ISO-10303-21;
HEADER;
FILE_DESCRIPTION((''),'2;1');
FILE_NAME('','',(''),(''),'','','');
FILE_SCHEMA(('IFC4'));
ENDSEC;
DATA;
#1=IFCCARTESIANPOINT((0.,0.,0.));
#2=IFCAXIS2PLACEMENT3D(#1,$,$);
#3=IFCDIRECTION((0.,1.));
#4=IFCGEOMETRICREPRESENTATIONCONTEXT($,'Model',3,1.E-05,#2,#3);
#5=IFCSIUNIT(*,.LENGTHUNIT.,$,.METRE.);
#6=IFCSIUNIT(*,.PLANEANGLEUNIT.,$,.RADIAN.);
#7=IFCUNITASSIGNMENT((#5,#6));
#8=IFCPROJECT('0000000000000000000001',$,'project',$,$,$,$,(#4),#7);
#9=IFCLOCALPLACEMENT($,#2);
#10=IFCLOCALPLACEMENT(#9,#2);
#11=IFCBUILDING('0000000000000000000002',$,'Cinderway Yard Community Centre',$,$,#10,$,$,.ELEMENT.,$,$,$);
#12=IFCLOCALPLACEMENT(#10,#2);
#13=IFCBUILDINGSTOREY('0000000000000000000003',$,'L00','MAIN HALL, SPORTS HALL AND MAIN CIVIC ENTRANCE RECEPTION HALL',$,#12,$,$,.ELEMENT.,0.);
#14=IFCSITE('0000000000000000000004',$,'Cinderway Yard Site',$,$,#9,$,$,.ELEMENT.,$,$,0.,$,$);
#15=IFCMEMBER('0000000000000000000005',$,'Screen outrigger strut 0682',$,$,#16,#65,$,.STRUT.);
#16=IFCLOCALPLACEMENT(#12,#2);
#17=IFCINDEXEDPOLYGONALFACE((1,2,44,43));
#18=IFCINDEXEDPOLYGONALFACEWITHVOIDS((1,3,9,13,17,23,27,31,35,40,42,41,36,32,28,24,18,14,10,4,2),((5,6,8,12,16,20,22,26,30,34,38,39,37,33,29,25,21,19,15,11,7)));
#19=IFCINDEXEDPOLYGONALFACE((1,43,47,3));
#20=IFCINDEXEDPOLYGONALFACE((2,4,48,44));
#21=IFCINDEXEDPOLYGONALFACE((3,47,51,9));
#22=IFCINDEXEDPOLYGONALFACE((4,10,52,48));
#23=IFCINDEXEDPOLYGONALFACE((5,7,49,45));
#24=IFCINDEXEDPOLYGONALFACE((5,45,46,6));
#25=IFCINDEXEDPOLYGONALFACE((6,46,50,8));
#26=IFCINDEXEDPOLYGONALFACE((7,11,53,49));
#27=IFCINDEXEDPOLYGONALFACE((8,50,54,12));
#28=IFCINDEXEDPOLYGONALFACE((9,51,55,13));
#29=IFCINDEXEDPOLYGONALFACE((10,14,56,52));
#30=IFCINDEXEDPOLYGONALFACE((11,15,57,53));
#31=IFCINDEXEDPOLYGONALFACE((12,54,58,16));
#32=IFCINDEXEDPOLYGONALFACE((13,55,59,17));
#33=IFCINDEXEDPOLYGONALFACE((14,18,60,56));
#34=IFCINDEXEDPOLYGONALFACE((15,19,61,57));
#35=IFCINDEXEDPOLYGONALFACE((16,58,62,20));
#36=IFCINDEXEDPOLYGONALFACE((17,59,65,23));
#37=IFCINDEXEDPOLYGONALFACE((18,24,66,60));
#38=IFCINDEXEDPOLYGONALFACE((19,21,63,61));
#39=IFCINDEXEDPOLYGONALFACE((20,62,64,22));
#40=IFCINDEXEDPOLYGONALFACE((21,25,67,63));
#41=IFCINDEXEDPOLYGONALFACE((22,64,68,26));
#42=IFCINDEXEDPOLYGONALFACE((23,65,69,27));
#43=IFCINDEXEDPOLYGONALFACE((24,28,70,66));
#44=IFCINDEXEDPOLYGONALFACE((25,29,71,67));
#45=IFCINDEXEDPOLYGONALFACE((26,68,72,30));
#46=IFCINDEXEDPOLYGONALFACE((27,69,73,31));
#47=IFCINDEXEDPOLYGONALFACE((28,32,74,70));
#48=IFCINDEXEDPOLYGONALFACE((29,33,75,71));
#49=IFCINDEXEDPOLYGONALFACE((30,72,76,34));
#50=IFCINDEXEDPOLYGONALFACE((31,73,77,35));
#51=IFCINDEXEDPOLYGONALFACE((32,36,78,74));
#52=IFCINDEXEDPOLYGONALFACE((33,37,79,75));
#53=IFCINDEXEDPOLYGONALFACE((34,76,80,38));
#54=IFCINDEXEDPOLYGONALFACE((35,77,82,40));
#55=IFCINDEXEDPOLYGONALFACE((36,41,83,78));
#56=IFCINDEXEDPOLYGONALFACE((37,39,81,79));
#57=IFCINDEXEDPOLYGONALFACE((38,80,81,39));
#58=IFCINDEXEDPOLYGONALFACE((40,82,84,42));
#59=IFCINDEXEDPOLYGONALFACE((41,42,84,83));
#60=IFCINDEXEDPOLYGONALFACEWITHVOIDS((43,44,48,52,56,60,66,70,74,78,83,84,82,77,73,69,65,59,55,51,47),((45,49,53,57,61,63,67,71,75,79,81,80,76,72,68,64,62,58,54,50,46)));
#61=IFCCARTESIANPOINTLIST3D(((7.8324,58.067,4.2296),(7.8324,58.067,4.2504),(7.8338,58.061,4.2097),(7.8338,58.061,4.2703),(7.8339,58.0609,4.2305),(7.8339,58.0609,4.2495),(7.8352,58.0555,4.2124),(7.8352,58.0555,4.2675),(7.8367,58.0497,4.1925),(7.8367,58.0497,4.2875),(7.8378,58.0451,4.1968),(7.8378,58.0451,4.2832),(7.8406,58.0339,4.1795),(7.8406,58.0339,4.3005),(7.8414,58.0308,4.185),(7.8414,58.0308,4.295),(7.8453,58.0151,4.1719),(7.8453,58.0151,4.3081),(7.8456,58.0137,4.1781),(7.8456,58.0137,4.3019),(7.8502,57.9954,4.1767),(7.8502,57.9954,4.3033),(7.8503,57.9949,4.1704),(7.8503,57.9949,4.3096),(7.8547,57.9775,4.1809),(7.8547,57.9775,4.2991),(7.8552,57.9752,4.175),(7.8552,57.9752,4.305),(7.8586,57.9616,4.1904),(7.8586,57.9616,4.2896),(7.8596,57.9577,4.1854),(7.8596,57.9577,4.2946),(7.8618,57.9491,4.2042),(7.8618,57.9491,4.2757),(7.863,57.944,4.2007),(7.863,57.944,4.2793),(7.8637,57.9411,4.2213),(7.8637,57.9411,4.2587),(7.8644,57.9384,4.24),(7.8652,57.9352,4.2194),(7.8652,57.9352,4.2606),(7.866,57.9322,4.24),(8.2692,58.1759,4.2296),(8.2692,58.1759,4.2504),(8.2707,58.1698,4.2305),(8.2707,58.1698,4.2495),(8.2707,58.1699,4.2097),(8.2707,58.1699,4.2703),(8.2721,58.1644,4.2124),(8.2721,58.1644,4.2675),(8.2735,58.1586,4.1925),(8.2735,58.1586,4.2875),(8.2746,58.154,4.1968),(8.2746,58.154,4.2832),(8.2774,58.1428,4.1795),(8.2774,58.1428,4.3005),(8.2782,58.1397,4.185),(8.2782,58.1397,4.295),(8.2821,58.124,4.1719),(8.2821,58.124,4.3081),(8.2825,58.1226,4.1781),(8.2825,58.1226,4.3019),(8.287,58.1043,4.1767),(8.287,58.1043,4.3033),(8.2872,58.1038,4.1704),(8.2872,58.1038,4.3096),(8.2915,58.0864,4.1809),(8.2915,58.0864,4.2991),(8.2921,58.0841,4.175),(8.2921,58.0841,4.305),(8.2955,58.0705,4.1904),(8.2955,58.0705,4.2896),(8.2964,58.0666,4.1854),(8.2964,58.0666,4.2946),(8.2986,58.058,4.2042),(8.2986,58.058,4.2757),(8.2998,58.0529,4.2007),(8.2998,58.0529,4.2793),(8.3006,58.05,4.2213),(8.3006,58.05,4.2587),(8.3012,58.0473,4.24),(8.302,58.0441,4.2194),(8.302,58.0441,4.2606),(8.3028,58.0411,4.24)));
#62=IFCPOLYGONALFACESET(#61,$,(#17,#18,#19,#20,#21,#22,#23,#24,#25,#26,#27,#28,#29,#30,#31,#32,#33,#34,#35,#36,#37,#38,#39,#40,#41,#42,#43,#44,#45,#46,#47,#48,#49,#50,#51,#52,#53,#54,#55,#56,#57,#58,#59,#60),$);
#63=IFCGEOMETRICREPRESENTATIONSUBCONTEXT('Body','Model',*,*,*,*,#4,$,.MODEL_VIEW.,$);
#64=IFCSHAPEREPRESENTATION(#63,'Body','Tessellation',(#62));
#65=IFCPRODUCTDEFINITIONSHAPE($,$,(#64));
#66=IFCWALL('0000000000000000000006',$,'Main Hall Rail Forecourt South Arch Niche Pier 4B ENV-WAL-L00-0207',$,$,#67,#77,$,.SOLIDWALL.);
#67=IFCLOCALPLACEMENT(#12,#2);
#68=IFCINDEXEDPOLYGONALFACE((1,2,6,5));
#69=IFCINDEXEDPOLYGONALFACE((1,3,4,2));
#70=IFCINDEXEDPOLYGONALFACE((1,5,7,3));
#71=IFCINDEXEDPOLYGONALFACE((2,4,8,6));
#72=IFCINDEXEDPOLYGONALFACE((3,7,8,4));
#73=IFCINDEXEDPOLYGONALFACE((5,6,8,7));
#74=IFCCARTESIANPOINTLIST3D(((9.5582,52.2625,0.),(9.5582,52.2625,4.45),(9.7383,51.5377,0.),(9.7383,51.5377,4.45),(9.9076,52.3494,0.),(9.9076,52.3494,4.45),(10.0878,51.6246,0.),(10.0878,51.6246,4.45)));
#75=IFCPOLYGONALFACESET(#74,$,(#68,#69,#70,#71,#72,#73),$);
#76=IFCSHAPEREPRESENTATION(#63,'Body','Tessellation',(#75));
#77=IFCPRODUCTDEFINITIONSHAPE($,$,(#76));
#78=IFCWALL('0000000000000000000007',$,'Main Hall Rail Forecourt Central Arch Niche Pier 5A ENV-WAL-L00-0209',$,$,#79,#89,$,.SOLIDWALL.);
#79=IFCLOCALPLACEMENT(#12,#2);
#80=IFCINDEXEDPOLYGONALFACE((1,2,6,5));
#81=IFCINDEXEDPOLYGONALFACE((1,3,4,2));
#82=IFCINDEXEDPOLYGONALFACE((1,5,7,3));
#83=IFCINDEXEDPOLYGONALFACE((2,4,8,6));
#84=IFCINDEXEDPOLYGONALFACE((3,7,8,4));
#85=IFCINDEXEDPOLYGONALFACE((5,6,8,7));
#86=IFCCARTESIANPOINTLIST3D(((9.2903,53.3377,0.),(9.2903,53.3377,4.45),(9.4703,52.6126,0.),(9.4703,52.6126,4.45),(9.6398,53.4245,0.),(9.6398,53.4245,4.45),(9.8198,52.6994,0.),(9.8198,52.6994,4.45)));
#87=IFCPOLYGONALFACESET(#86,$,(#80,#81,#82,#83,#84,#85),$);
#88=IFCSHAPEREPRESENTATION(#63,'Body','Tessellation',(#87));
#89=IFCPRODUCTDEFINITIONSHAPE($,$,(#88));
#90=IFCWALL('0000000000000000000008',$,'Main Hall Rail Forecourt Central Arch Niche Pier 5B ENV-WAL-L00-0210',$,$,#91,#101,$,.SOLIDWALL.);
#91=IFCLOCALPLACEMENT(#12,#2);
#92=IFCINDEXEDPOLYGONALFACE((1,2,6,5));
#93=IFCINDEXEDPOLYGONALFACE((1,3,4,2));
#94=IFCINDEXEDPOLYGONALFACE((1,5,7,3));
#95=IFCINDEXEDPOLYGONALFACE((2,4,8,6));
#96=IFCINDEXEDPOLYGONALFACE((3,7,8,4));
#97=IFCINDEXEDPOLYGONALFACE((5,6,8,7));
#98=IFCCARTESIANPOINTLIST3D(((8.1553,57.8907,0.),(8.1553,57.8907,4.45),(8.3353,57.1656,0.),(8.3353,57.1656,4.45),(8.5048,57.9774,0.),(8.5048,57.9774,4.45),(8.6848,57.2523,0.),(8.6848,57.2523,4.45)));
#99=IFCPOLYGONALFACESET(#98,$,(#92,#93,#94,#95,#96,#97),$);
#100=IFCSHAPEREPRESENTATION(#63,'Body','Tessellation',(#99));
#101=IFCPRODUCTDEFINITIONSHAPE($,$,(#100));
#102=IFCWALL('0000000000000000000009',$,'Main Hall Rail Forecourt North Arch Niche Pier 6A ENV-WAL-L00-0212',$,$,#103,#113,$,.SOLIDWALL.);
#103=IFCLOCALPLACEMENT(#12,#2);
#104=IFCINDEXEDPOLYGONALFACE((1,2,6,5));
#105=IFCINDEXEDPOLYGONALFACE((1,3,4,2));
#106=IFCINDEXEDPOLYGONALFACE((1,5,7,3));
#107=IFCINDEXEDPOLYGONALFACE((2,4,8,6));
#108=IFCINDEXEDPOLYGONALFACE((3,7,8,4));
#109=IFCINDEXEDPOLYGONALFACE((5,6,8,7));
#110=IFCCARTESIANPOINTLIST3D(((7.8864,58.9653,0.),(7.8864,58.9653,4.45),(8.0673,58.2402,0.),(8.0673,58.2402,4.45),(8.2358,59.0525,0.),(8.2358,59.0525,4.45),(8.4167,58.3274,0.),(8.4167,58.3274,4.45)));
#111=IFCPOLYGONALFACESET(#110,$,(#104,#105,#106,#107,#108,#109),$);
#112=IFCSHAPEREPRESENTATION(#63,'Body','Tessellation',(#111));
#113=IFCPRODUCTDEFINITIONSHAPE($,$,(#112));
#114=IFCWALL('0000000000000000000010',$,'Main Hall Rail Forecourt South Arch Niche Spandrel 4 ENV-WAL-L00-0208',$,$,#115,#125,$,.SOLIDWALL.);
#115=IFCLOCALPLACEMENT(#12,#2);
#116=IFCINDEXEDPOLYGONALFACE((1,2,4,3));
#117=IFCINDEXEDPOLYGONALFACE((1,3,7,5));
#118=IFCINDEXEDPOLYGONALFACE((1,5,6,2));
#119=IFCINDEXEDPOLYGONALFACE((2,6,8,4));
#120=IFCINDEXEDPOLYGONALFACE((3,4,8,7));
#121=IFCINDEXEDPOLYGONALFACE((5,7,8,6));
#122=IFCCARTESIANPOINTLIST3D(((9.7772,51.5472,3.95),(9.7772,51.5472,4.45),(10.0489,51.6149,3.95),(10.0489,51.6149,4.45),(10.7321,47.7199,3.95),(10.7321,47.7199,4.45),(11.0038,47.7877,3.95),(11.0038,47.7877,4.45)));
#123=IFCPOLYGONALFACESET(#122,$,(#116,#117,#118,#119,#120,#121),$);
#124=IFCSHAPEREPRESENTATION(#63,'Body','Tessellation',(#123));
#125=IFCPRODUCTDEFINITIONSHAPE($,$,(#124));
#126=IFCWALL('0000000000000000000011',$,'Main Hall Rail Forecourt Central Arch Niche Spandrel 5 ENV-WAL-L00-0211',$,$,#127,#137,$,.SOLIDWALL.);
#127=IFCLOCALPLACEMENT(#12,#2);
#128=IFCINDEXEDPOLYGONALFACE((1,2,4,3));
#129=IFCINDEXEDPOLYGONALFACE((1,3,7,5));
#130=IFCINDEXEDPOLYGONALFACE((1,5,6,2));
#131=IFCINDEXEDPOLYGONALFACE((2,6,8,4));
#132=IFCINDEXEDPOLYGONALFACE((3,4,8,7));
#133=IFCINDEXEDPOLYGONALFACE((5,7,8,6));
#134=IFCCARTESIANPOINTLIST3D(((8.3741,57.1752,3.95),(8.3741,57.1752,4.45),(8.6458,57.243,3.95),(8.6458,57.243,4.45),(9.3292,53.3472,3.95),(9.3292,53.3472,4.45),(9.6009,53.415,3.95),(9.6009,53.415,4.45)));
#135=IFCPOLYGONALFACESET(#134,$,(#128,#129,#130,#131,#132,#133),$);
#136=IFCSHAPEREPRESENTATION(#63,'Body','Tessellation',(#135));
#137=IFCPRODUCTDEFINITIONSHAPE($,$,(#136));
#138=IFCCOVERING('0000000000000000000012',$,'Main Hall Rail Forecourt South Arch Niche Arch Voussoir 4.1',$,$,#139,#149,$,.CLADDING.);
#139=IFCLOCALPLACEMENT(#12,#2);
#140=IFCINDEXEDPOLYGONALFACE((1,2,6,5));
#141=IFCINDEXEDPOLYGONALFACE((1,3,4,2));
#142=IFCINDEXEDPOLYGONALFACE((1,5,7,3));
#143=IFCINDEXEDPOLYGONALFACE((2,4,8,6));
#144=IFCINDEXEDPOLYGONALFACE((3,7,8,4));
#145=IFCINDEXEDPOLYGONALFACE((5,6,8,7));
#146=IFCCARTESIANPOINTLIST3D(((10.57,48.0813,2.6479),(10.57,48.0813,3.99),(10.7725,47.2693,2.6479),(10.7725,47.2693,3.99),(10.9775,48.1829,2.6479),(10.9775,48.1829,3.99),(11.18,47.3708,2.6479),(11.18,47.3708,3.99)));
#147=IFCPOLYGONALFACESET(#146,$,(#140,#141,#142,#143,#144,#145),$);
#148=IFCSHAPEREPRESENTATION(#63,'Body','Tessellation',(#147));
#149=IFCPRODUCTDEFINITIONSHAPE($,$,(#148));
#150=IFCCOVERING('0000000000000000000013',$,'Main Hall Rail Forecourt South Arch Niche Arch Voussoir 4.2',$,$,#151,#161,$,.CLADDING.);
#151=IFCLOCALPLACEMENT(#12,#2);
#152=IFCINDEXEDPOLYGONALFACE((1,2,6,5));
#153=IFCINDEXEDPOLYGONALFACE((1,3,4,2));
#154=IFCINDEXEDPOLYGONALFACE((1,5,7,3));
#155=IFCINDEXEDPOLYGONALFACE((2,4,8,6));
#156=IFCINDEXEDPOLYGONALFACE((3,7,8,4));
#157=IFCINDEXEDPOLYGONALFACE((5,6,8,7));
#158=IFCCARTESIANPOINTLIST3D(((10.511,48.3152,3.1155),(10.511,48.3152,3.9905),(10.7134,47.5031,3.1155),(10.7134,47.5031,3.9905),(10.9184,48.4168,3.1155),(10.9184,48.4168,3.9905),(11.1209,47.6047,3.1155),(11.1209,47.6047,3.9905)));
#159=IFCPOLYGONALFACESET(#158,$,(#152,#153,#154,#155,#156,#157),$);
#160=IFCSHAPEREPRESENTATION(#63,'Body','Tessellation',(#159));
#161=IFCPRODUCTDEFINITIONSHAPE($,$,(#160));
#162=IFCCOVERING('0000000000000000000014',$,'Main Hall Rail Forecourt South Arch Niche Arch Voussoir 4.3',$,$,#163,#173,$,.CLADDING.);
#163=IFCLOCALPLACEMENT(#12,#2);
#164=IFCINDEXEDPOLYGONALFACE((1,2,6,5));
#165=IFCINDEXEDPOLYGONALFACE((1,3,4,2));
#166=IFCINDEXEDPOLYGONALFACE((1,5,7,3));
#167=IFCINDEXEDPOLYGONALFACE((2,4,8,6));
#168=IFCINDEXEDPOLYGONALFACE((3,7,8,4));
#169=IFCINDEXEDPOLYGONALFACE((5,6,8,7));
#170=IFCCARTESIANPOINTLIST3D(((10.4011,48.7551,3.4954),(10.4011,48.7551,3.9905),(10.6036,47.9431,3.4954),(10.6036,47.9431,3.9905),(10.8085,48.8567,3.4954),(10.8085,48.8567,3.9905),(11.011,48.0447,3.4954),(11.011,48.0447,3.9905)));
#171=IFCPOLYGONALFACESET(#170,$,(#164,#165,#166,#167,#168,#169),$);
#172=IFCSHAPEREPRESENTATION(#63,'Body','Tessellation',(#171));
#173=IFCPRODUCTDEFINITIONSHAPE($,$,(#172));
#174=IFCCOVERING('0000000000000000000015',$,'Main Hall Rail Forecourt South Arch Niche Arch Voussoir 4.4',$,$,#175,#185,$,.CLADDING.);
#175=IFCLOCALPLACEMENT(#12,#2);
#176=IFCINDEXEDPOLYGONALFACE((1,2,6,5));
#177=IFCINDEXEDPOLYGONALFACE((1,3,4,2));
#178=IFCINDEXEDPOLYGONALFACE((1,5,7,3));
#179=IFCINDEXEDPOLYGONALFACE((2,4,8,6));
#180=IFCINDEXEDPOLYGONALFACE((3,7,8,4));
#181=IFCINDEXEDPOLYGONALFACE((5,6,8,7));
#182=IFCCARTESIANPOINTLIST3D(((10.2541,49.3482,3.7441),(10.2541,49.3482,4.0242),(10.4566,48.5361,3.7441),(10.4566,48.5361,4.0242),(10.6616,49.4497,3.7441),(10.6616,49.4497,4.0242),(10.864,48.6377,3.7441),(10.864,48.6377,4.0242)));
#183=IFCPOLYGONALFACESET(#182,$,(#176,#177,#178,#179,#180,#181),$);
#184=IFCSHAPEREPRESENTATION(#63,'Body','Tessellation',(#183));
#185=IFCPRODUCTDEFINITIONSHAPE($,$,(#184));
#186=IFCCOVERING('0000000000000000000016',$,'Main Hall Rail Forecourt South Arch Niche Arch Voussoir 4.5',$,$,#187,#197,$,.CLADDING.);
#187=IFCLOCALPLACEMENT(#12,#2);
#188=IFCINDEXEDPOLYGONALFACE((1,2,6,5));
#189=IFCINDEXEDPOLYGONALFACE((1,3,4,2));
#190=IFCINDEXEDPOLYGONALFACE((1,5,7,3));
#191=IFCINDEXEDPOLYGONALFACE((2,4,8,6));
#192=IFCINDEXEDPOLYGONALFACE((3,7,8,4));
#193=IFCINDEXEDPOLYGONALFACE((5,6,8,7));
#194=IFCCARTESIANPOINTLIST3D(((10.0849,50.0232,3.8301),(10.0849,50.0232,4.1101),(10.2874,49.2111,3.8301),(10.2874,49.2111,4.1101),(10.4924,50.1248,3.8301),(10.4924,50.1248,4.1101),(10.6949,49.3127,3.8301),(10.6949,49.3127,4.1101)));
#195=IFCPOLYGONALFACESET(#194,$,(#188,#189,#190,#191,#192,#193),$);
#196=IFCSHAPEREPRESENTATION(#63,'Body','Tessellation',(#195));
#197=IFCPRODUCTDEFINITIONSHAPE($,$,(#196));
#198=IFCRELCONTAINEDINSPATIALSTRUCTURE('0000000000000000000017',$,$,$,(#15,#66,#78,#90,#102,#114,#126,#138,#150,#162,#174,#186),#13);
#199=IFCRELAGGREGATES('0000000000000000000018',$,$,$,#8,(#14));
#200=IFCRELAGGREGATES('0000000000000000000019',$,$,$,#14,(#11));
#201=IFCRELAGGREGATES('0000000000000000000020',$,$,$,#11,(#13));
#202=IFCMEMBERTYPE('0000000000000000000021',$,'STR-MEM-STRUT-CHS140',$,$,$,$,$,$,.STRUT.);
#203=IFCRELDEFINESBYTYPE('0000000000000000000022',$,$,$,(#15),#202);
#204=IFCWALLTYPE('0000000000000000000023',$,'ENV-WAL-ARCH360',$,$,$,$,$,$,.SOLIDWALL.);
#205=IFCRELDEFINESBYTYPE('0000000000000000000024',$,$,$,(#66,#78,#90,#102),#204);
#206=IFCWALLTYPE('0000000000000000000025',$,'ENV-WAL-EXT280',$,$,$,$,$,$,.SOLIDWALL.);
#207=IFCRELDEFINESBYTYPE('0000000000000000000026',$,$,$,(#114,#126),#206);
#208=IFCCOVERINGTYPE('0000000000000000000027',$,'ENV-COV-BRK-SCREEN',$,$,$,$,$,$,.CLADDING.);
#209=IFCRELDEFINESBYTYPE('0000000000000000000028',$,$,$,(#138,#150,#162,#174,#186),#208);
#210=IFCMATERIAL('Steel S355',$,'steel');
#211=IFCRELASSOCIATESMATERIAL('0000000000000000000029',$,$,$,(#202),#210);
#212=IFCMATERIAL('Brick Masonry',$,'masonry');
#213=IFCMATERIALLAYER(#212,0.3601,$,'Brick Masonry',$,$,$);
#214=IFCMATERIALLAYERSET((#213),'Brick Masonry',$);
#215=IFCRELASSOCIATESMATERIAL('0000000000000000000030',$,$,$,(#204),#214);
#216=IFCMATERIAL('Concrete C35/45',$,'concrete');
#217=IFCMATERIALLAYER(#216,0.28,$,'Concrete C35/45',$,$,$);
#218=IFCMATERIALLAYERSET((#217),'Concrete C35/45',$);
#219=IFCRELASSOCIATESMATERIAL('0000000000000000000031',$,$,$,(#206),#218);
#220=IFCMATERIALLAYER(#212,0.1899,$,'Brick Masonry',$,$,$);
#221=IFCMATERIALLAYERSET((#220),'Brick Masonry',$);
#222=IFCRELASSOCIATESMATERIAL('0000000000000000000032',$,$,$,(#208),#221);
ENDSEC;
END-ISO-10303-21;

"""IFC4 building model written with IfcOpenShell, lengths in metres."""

from ifc_helpers import new_model, si_unit, direction, frame, frame_2d, origin, origin_2d, place, context, subcontext, project, spatial, rectangle, hollow_circle, extrude, material, layer, layer_set, material_profile, profile_set, type_object, element, save


model = new_model("IFC4")

# Units and contexts
model_context = context("Model", 3, precision=1e-05, world=origin(), true_north=direction((0.0, 1.0)))
body_context = subcontext(model_context, "Body", "Model", "MODEL_VIEW")
ifc_project = project(units=[si_unit("LENGTHUNIT", "METRE"), si_unit("PLANEANGLEUNIT", "RADIAN")], contexts=[model_context])

# Site, building, storey
site_placement = place(None, origin())
site = spatial("IfcSite", under=ifc_project, at=site_placement, Name="Cinderway Yard Site", CompositionType="ELEMENT", RefElevation=0.0)
building_placement = place(site_placement, origin())
building = spatial("IfcBuilding", under=site, at=building_placement, Name="Cinderway Yard Community Centre", CompositionType="ELEMENT")
storey_placement = place(building_placement, origin())
storey = spatial("IfcBuildingStorey", under=building, at=storey_placement, Name="L00", Description="MAIN HALL, SPORTS HALL AND MAIN CIVIC ENTRANCE RECEPTION HALL", CompositionType="ELEMENT", Elevation=0.0)

# Shared definitions
ifc_material_1 = material(Name="Steel S355", Category="steel")

# Shared definitions
ifc_material_2 = material(Name="Concrete C35/45", Category="concrete")

# Member
ifc_material_profile_1 = material_profile(ifc_material_1, hollow_circle(Radius=0.0698, WallThickness=0.0063, at=origin_2d()), Name="Steel S355")
ifc_profile_set_1 = profile_set([ifc_material_profile_1], Name="Steel S355")
member_type_1 = type_object("IfcMemberType", Name="STR-MEM-STRUT-CHS140", PredefinedType="STRUT", material=ifc_profile_set_1)
for number, where, z_axis, x_axis, name in (
    (1, (8.2859, 58.1089, 4.24), (-0.970302, -0.241897, 0.0), (0.241897, -0.970302, 0.0), "Screen outrigger strut 0682"),
):
    element("IfcMember", number, at=place(storey_placement, frame(where, z_axis=z_axis, x_axis=x_axis)), inside=storey, type_object=member_type_1, Name=name, PredefinedType="STRUT", context=body_context, shape_type="SweptSolid", body=[
        extrude(hollow_circle(Radius=0.0698, WallThickness=0.0063, at=origin_2d()), origin(), (0.0, 0.0, 1.0), 0.4502),
    ])

# Walls
ifc_material_3 = material(Name="Brick Masonry", Category="masonry")
ifc_layer_1 = layer(ifc_material_3, 0.3601, Name="Brick Masonry")
ifc_layer_set_1 = layer_set([ifc_layer_1], Name="Brick Masonry")
wall_type_1 = type_object("IfcWallType", Name="ENV-WAL-ARCH360", PredefinedType="SOLIDWALL", material=ifc_layer_set_1)
wall_1_placement = place(storey_placement, frame((9.9131, 51.5811, 0.0), z_axis=(0.0, 0.0, 1.0), x_axis=(-0.241228, 0.970468, 0.0)))
element("IfcWall", 2, at=wall_1_placement, inside=storey, type_object=wall_type_1, Name="Main Hall Rail Forecourt South Arch Niche Pier 4B ENV-WAL-L00-0207", PredefinedType="SOLIDWALL", context=body_context, shape_type="SweptSolid", body=[
    extrude(rectangle(XDim=0.7468, YDim=0.3601, at=frame_2d((0.3735, 0.0))), origin(), (0.0, 0.0, 1.0), 4.45),
])
for number, where, z_axis, x_axis, name in (
    (3, (9.645, 52.656, 0.0), (0.0, 0.0, 1.0), (-0.240844, 0.970564, 0.0), "Main Hall Rail Forecourt Central Arch Niche Pier 5A ENV-WAL-L00-0209"),
    (4, (8.51, 57.209, 0.0), (0.0, 0.0, 1.0), (-0.240844, 0.970564, 0.0), "Main Hall Rail Forecourt Central Arch Niche Pier 5B ENV-WAL-L00-0210"),
):
    element("IfcWall", number, at=place(storey_placement, frame(where, z_axis=z_axis, x_axis=x_axis)), inside=storey, type_object=wall_type_1, Name=name, PredefinedType="SOLIDWALL", context=body_context, shape_type="SweptSolid", body=[
        extrude(rectangle(XDim=0.7471, YDim=0.3601, at=frame_2d((0.3735, 0.0))), origin(), (0.0, 0.0, 1.0), 4.45),
    ])
wall_2_placement = place(storey_placement, frame((8.2419, 58.2839, 0.0), z_axis=(0.0, 0.0, 1.0), x_axis=(-0.242074, 0.970258, 0.0)))
element("IfcWall", 5, at=wall_2_placement, inside=storey, type_object=wall_type_1, Name="Main Hall Rail Forecourt North Arch Niche Pier 6A ENV-WAL-L00-0212", PredefinedType="SOLIDWALL", context=body_context, shape_type="SweptSolid", body=[
    extrude(rectangle(XDim=0.7473, YDim=0.3601, at=frame_2d((0.3735, 0.0))), origin(), (0.0, 0.0, 1.0), 4.45),
])
ifc_layer_2 = layer(ifc_material_2, 0.28, Name="Concrete C35/45")
ifc_layer_set_2 = layer_set([ifc_layer_2], Name="Concrete C35/45")
wall_type_2 = type_object("IfcWallType", Name="ENV-WAL-EXT280", PredefinedType="SOLIDWALL", material=ifc_layer_set_2)
wall_3_placement = place(storey_placement, frame((10.8679, 47.7539, 3.95), z_axis=(0.0, 0.0, 1.0), x_axis=(-0.24207, 0.970259, 0.0)))
element("IfcWall", 6, at=wall_3_placement, inside=storey, type_object=wall_type_2, Name="Main Hall Rail Forecourt South Arch Niche Spandrel 4 ENV-WAL-L00-0208", PredefinedType="SOLIDWALL", context=body_context, shape_type="SweptSolid", body=[
    extrude(rectangle(XDim=3.9446, YDim=0.28, at=frame_2d((1.9722, 0.0))), origin(), (0.0, 0.0, 1.0), 0.5),
])
wall_4_placement = place(storey_placement, frame((9.4651, 53.3811, 3.95), z_axis=(0.0, 0.0, 1.0), x_axis=(-0.242084, 0.970255, 0.0)))
element("IfcWall", 7, at=wall_4_placement, inside=storey, type_object=wall_type_2, Name="Main Hall Rail Forecourt Central Arch Niche Spandrel 5 ENV-WAL-L00-0211", PredefinedType="SOLIDWALL", context=body_context, shape_type="SweptSolid", body=[
    extrude(rectangle(XDim=3.9453, YDim=0.28, at=frame_2d((1.9727, 0.0))), origin(), (0.0, 0.0, 1.0), 0.5),
])

# Coverings
ifc_layer_3 = layer(ifc_material_3, 0.1899, Name="Brick Masonry")
ifc_layer_set_3 = layer_set([ifc_layer_3], Name="Brick Masonry")
covering_type = type_object("IfcCoveringType", Name="ENV-COV-BRK-SCREEN", PredefinedType="CLADDING", material=ifc_layer_set_3)
covering_1_placement = place(storey_placement, frame((10.875, 47.7261, 2.6479), z_axis=(0.0, 0.0, 1.0), x_axis=(-0.241922, 0.970296, 0.0)))
element("IfcCovering", 8, at=covering_1_placement, inside=storey, type_object=covering_type, Name="Main Hall Rail Forecourt South Arch Niche Arch Voussoir 4.1", PredefinedType="CLADDING", context=body_context, shape_type="SweptSolid", body=[
    extrude(rectangle(XDim=0.8369, YDim=0.4199, at=origin_2d()), origin(), (0.0, 0.0, 1.0), 1.342),
])
covering_2_placement = place(storey_placement, frame((10.8159, 47.96, 3.1155), z_axis=(0.0, 0.0, 1.0), x_axis=(-0.241922, 0.970296, 0.0)))
element("IfcCovering", 9, at=covering_2_placement, inside=storey, type_object=covering_type, Name="Main Hall Rail Forecourt South Arch Niche Arch Voussoir 4.2", PredefinedType="CLADDING", context=body_context, shape_type="SweptSolid", body=[
    extrude(rectangle(XDim=0.8369, YDim=0.4199, at=origin_2d()), origin(), (0.0, 0.0, 1.0), 0.875),
])
covering_3_placement = place(storey_placement, frame((10.7061, 48.3999, 3.4954), z_axis=(0.0, 0.0, 1.0), x_axis=(-0.241922, 0.970296, 0.0)))
element("IfcCovering", 10, at=covering_3_placement, inside=storey, type_object=covering_type, Name="Main Hall Rail Forecourt South Arch Niche Arch Voussoir 4.3", PredefinedType="CLADDING", context=body_context, shape_type="SweptSolid", body=[
    extrude(rectangle(XDim=0.8369, YDim=0.4199, at=origin_2d()), origin(), (0.0, 0.0, 1.0), 0.4951),
])
for number, where, z_axis, x_axis, name in (
    (11, (10.5591, 48.9929, 3.7441), (0.0, 0.0, 1.0), (-0.241922, 0.970296, 0.0), "Main Hall Rail Forecourt South Arch Niche Arch Voussoir 4.4"),
    (12, (10.3899, 49.668, 3.8301), (0.0, 0.0, 1.0), (-0.241922, 0.970296, 0.0), "Main Hall Rail Forecourt South Arch Niche Arch Voussoir 4.5"),
):
    element("IfcCovering", number, at=place(storey_placement, frame(where, z_axis=z_axis, x_axis=x_axis)), inside=storey, type_object=covering_type, Name=name, PredefinedType="CLADDING", context=body_context, shape_type="SweptSolid", body=[
        extrude(rectangle(XDim=0.8369, YDim=0.4199, at=origin_2d()), origin(), (0.0, 0.0, 1.0), 0.28),
    ])

save(model, "model.ifc")
